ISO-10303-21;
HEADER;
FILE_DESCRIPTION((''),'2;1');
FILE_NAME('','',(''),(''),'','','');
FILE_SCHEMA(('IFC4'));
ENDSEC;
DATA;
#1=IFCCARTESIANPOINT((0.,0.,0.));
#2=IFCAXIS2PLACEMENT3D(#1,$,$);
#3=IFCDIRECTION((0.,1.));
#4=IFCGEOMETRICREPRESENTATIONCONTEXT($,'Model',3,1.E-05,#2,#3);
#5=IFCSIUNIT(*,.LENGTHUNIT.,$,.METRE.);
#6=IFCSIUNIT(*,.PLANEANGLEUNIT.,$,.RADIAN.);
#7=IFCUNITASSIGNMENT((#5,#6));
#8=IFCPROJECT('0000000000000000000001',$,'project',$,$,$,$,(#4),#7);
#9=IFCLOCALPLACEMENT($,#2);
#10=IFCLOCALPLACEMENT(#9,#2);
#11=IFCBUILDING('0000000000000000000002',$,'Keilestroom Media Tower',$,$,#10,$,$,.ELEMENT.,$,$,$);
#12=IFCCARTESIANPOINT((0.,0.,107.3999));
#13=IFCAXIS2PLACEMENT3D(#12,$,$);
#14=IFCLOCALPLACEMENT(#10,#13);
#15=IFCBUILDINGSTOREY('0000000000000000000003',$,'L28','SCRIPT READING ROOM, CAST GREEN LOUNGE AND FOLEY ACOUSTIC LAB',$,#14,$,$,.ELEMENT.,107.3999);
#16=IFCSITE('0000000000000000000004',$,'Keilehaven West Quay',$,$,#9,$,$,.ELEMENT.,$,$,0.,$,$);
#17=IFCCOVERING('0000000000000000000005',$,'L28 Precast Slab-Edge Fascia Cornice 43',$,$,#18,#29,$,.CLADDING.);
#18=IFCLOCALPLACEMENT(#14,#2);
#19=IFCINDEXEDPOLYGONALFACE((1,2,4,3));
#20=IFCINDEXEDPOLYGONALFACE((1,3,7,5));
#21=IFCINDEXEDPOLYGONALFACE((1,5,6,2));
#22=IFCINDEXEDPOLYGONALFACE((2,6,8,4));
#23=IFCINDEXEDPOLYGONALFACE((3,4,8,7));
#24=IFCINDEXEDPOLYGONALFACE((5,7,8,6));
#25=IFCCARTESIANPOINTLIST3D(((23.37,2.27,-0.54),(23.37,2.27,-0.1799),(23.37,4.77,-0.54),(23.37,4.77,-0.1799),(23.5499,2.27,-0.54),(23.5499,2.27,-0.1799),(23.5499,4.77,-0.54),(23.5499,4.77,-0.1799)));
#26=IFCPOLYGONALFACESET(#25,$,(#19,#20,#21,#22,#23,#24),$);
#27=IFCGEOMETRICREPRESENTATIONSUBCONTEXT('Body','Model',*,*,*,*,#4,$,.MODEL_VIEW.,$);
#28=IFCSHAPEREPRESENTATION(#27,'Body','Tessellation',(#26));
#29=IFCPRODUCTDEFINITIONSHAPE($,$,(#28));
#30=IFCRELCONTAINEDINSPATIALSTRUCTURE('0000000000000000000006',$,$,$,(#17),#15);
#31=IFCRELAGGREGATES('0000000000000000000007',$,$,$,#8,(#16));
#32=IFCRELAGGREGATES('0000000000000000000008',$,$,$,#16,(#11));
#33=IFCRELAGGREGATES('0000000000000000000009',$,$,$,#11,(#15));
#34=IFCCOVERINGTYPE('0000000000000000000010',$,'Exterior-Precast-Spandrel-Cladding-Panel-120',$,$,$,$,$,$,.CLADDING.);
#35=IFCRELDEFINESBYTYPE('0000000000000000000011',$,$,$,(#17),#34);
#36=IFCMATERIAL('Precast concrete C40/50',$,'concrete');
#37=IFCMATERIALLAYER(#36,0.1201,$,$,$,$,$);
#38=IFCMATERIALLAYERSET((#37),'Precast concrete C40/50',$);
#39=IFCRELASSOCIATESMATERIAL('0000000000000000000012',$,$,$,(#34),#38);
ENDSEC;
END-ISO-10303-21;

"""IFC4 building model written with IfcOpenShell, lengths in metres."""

from ifc_helpers import new_model, si_unit, direction, frame, origin, origin_2d, place, context, subcontext, project, spatial, rectangle, extrude, source, transform, mapped, material, layer, layer_set, type_object, element, save


model = new_model("IFC4")

# Units and contexts
model_context = context("Model", 3, precision=1e-05, world=origin(), true_north=direction((0.0, 1.0)))
body_context = subcontext(model_context, "Body", "Model", "MODEL_VIEW")
ifc_project = project(units=[si_unit("LENGTHUNIT", "METRE"), si_unit("PLANEANGLEUNIT", "RADIAN")], contexts=[model_context])

# Site, building, storey
site_placement = place(None, origin())
site = spatial("IfcSite", under=ifc_project, at=site_placement, Name="Keilehaven West Quay", CompositionType="ELEMENT", RefElevation=0.0)
building_placement = place(site_placement, origin())
building = spatial("IfcBuilding", under=site, at=building_placement, Name="Keilestroom Media Tower", CompositionType="ELEMENT")
storey_placement = place(building_placement, frame((0.0, 0.0, 107.3999)))
storey = spatial("IfcBuildingStorey", under=building, at=storey_placement, Name="L28", Description="SCRIPT READING ROOM, CAST GREEN LOUNGE AND FOLEY ACOUSTIC LAB", CompositionType="ELEMENT", Elevation=107.3999)

# Shared definitions
ifc_material_1 = material(Name="Precast concrete C40/50", Category="concrete")

# Covering
ifc_layer_1 = layer(ifc_material_1, 0.1201)
ifc_layer_set_1 = layer_set([ifc_layer_1], Name="Precast concrete C40/50")
covering_type = type_object("IfcCoveringType", Name="Exterior-Precast-Spandrel-Cladding-Panel-120", PredefinedType="CLADDING", material=ifc_layer_set_1)
shared_shape_1 = source(origin(), body_context, "Body", "SweptSolid", [
    extrude(rectangle(XDim=2.5, YDim=0.1799, at=origin_2d()), origin(), (0.0, 0.0, 1.0), 0.3601),
])
covering_placement = place(storey_placement, frame((23.46, 3.52, -0.54), z_axis=(0.0, 0.0, 1.0), x_axis=(0.0, -1.0, 0.0)))
element("IfcCovering", 1, at=covering_placement, inside=storey, type_object=covering_type, Name="L28 Precast Slab-Edge Fascia Cornice 43", PredefinedType="CLADDING", context=body_context, shape_type="MappedRepresentation", body=[
    mapped(shared_shape_1, transform((0.0, 0.0, 0.0), x_axis=(1.0, 0.0, 0.0), y_axis=(0.0, 1.0, 0.0), z_axis=(0.0, 0.0, 1.0), scale=1.0)),
])

save(model, "model.ifc")
